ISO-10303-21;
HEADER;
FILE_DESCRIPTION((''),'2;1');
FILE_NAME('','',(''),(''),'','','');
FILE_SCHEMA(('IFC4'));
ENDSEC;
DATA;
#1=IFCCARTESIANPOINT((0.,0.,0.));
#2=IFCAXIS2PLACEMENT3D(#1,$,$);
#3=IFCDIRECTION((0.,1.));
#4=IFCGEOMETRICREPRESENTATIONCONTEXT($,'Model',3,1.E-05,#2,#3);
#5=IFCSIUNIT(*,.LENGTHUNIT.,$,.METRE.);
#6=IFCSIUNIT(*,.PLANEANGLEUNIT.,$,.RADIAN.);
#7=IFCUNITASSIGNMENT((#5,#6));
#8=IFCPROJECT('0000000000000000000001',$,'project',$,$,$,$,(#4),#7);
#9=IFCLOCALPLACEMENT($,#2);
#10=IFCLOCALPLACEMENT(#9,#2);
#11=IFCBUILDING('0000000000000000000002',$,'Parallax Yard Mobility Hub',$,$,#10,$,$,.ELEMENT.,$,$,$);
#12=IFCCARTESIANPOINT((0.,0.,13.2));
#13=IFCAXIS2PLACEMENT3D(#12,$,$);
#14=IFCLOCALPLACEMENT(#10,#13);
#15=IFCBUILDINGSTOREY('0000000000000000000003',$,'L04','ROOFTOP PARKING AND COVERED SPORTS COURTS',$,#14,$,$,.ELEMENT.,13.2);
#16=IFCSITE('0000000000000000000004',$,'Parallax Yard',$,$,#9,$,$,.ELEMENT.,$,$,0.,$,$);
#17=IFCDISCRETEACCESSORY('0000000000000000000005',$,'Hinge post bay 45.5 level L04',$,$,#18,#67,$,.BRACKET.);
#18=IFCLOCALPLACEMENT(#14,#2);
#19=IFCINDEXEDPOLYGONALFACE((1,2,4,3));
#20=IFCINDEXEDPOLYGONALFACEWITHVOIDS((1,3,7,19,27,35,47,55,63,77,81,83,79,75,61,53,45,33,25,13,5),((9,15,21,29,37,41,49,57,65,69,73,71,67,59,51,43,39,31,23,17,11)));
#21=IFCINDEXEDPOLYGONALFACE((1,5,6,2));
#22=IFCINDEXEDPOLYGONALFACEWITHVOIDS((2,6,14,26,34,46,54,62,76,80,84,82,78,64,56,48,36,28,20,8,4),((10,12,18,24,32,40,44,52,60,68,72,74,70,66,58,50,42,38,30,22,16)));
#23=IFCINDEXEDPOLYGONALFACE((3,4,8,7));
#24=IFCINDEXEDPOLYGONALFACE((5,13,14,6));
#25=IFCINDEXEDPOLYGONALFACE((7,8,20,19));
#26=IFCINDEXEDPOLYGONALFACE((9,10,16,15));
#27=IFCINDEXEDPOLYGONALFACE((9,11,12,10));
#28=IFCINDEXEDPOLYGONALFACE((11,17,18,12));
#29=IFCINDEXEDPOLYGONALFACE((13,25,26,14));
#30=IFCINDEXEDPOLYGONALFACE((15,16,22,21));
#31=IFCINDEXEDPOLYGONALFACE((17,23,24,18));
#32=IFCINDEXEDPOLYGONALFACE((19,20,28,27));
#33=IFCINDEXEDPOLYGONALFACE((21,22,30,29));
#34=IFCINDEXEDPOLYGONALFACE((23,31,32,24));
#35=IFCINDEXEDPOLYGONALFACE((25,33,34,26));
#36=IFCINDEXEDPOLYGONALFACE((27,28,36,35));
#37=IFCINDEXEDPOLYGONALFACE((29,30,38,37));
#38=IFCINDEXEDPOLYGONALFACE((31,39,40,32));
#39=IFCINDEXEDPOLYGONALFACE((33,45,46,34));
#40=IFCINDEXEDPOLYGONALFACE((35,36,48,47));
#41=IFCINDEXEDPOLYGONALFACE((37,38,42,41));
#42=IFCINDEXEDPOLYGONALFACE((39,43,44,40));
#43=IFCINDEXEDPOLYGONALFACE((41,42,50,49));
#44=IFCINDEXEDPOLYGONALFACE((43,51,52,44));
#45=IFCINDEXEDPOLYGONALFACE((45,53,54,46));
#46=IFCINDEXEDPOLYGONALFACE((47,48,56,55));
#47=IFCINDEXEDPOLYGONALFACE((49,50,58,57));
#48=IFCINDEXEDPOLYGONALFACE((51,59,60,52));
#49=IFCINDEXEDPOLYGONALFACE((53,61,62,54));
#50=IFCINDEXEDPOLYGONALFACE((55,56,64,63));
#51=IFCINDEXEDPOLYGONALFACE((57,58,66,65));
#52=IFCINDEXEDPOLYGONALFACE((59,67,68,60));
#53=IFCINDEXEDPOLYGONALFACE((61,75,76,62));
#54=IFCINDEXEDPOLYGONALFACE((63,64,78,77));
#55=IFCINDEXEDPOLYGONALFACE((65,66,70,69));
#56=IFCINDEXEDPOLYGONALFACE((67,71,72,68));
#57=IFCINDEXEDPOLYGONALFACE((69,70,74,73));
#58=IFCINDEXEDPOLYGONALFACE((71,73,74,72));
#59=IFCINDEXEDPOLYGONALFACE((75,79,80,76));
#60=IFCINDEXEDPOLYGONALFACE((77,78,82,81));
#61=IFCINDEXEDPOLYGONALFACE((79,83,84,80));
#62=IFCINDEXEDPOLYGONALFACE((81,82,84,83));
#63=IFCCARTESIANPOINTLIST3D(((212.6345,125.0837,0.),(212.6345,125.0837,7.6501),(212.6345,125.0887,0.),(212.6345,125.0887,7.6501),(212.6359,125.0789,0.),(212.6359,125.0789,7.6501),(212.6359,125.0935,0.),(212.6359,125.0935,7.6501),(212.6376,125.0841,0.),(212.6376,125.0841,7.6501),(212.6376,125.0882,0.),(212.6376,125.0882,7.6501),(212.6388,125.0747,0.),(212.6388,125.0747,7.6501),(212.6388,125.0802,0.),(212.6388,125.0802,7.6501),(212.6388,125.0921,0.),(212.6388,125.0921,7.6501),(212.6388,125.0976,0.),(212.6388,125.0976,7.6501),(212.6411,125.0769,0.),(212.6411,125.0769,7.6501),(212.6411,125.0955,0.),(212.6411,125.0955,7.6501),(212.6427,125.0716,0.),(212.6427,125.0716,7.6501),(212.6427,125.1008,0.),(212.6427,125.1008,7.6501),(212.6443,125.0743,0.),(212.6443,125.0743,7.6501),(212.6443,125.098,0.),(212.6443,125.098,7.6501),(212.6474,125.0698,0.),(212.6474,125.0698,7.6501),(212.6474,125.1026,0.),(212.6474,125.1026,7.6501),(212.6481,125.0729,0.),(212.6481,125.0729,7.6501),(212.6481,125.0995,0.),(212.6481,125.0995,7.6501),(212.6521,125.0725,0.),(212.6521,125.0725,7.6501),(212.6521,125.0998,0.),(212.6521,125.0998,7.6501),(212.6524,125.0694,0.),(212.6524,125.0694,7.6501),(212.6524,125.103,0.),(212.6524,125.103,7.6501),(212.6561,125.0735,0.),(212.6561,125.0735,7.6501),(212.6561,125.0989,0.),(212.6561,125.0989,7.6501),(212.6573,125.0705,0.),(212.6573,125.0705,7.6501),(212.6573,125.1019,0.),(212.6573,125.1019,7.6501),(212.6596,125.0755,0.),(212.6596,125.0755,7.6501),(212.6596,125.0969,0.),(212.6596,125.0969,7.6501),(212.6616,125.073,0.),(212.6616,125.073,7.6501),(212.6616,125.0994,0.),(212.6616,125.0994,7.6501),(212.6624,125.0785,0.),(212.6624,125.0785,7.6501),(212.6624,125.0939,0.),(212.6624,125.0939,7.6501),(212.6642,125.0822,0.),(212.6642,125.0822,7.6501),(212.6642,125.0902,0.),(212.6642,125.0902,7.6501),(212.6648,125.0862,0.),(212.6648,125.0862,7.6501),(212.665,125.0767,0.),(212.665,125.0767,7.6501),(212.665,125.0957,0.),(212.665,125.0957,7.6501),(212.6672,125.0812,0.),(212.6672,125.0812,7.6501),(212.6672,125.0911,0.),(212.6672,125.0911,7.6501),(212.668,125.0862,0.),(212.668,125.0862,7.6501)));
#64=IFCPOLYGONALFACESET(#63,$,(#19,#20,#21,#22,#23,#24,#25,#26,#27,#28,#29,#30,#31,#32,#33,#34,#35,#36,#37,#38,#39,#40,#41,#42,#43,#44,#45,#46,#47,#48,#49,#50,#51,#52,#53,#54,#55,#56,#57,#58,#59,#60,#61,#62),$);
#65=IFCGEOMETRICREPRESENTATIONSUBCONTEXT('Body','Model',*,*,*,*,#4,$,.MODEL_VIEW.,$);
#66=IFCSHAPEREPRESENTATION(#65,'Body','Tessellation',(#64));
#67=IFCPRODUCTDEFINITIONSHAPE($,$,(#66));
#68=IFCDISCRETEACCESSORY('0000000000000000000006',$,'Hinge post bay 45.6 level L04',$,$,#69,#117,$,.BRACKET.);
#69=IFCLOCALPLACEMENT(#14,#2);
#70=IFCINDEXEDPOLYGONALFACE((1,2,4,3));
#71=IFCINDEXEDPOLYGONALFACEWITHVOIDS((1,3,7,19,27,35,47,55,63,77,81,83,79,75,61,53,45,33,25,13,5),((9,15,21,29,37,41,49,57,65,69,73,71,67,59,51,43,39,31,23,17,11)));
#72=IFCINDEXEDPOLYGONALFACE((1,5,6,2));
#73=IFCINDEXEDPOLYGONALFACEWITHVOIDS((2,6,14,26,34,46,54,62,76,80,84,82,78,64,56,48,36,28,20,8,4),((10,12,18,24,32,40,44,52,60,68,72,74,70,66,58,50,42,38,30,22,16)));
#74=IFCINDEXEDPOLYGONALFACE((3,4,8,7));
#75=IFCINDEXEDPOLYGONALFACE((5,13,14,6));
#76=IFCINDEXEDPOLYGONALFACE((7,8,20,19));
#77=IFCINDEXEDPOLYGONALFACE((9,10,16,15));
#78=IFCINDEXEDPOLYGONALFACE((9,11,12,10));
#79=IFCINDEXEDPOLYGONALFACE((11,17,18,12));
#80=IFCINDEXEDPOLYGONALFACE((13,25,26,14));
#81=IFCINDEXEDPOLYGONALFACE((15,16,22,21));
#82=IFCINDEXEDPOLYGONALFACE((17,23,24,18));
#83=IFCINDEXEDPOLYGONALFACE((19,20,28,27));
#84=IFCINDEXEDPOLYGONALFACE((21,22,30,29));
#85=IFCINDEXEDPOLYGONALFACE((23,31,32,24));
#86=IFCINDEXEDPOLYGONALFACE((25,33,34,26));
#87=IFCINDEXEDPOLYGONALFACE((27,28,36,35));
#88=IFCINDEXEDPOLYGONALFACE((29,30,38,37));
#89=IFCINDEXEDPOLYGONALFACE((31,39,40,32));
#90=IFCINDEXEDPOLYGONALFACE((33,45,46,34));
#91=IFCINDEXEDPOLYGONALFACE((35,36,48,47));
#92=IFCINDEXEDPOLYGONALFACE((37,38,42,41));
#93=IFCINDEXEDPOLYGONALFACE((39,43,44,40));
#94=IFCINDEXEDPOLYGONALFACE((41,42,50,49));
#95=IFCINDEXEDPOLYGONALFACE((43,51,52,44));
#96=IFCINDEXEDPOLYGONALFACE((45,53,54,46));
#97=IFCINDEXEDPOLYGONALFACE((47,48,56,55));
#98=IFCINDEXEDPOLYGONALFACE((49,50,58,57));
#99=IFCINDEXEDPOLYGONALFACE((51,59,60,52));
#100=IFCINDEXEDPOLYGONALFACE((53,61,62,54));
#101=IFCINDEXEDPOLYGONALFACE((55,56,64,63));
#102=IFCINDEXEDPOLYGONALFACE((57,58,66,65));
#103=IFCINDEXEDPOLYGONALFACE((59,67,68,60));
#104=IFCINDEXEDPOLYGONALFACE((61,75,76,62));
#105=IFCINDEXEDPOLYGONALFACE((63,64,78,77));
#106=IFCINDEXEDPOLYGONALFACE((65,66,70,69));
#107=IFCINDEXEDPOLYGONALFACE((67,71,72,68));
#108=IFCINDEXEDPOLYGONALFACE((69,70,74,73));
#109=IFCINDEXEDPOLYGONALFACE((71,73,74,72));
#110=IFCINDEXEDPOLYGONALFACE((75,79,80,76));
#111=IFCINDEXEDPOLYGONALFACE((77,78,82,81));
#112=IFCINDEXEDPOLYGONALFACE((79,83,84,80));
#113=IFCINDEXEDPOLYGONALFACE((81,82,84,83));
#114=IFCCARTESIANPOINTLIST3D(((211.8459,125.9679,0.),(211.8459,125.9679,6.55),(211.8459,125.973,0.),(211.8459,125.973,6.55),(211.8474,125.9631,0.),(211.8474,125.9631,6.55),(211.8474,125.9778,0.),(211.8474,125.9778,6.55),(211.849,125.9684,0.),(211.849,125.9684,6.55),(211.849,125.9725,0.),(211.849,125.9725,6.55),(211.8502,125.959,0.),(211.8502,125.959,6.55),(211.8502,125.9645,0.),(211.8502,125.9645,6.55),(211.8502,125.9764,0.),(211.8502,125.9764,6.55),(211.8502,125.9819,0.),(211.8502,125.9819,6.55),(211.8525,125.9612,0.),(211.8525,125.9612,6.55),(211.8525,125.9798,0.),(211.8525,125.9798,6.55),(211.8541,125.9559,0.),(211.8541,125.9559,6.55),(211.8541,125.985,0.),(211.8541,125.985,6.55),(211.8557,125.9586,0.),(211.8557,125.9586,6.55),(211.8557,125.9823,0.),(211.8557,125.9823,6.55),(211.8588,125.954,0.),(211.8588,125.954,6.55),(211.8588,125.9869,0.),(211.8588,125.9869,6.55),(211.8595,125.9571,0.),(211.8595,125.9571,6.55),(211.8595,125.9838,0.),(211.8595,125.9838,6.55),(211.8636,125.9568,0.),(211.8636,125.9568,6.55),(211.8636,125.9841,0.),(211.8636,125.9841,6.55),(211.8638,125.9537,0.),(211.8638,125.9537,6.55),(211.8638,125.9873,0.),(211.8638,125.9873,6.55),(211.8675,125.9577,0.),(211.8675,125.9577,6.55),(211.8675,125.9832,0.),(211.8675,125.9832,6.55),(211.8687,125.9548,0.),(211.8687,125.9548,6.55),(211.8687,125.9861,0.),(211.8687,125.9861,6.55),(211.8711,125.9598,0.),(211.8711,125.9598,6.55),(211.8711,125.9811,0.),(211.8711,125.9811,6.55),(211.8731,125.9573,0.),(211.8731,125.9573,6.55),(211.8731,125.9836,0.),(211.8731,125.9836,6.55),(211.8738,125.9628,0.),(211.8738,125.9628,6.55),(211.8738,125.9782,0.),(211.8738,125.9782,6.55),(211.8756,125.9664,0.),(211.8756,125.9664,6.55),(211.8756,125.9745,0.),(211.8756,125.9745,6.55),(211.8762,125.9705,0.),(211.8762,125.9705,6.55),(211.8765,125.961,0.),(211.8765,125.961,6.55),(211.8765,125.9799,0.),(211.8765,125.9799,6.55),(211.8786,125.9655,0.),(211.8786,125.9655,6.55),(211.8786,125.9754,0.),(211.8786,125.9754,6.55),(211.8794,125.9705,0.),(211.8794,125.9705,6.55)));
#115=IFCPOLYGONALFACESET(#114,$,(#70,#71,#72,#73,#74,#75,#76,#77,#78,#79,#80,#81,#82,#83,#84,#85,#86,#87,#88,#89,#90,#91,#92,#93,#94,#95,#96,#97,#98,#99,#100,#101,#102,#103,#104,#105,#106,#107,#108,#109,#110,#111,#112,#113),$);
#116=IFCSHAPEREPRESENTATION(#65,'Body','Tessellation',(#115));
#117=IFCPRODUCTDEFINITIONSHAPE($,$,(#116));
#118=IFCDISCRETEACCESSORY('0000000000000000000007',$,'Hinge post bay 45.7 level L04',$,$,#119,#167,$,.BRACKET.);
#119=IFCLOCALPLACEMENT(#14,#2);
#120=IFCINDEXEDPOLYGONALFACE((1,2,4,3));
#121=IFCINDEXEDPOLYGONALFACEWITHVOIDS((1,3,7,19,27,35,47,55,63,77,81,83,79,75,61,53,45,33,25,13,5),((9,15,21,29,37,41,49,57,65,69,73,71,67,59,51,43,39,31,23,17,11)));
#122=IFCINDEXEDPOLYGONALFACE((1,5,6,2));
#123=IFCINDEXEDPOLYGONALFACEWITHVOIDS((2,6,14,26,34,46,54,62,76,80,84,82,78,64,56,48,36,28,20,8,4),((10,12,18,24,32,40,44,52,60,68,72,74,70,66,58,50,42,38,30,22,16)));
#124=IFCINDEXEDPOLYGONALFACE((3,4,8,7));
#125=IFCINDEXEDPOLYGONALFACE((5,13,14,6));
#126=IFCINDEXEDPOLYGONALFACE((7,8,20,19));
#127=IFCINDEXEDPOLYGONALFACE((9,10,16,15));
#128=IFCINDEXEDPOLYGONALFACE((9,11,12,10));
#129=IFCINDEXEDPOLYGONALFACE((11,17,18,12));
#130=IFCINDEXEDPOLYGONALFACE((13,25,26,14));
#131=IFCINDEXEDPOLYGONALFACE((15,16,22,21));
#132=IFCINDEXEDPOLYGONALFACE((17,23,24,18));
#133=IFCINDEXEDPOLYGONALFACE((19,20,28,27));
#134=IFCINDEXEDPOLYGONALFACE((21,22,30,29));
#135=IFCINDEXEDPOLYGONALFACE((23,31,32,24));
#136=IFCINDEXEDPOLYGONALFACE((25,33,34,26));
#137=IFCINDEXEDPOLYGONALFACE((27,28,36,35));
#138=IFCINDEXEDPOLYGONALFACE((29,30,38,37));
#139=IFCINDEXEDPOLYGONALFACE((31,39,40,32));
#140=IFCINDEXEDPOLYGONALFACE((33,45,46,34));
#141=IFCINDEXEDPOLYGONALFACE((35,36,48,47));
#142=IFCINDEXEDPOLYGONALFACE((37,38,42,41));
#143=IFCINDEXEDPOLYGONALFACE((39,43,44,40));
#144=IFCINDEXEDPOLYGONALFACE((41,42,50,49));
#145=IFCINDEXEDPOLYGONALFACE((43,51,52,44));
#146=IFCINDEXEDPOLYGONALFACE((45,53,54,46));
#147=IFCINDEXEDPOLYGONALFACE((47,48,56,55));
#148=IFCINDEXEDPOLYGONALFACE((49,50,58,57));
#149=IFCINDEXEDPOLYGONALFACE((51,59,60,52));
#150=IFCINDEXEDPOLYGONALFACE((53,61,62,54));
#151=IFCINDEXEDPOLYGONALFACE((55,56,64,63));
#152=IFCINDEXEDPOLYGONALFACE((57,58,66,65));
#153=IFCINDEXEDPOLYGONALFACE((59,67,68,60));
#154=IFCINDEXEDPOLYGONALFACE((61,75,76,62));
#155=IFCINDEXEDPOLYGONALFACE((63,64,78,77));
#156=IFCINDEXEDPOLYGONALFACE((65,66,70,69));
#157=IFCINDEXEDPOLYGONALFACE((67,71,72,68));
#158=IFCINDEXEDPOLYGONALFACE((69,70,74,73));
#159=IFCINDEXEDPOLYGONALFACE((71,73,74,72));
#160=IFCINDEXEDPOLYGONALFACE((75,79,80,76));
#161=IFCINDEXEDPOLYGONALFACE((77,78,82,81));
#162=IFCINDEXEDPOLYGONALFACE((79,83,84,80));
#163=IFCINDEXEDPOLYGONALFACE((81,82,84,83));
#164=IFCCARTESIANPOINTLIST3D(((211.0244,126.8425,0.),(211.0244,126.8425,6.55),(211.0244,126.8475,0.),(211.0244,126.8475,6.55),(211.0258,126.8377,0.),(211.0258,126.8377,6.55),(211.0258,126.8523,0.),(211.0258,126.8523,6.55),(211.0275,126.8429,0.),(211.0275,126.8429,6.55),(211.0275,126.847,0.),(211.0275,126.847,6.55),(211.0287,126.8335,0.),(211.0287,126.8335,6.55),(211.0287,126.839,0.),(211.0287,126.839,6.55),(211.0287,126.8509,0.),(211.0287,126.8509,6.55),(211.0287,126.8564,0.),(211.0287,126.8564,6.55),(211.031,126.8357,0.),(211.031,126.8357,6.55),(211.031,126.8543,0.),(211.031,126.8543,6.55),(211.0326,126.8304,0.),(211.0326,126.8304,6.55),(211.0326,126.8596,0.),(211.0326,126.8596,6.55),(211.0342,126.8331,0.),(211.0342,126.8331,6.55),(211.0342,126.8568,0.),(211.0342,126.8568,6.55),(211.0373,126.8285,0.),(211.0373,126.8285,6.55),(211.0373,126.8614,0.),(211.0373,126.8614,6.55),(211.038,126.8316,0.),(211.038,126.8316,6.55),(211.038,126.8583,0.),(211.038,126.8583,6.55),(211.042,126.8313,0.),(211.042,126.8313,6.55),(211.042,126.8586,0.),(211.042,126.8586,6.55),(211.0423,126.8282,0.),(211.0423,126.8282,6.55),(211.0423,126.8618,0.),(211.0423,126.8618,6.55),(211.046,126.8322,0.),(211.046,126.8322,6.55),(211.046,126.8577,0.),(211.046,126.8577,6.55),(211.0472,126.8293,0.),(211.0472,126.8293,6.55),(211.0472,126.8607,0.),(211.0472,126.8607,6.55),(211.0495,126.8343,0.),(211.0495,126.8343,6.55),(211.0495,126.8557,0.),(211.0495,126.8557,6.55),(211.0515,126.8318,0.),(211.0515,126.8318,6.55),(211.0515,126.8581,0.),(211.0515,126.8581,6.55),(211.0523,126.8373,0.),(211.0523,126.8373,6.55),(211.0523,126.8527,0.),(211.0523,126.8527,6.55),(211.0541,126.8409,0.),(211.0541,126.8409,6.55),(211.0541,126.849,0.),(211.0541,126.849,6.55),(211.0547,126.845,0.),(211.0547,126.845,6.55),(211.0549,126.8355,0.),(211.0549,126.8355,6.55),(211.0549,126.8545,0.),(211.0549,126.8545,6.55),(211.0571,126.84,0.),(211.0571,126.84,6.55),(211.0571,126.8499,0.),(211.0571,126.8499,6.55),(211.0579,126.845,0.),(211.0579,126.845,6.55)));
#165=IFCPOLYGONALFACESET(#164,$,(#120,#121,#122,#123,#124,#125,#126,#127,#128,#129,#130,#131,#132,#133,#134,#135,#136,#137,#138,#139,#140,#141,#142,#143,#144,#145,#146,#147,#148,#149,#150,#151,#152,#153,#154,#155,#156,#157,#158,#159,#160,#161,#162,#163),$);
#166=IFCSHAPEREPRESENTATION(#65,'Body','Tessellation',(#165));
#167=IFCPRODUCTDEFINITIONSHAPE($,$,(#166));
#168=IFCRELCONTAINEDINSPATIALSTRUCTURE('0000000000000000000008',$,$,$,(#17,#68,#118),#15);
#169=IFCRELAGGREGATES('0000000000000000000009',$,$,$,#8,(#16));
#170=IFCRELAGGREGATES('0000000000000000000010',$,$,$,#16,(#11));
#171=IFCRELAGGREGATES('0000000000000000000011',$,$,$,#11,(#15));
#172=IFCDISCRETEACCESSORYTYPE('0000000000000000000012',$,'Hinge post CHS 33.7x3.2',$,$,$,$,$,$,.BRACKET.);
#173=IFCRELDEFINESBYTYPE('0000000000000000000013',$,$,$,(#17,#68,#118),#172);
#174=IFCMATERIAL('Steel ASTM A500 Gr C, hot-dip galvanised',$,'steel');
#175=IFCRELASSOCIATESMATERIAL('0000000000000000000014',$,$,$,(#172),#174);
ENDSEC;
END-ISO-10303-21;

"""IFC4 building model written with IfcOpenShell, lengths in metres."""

from ifc_helpers import new_model, si_unit, direction, frame, origin, origin_2d, place, context, subcontext, project, spatial, hollow_circle, extrude, material, material_profile, profile_set, type_object, element, save


model = new_model("IFC4")

# Units and contexts
model_context = context("Model", 3, precision=1e-05, world=origin(), true_north=direction((0.0, 1.0)))
body_context = subcontext(model_context, "Body", "Model", "MODEL_VIEW")
ifc_project = project(units=[si_unit("LENGTHUNIT", "METRE"), si_unit("PLANEANGLEUNIT", "RADIAN")], contexts=[model_context])

# Site, building, storey
site_placement = place(None, origin())
site = spatial("IfcSite", under=ifc_project, at=site_placement, Name="Parallax Yard", CompositionType="ELEMENT", RefElevation=0.0)
building_placement = place(site_placement, origin())
building = spatial("IfcBuilding", under=site, at=building_placement, Name="Parallax Yard Mobility Hub", CompositionType="ELEMENT")
storey_placement = place(building_placement, frame((0.0, 0.0, 13.2)))
storey = spatial("IfcBuildingStorey", under=building, at=storey_placement, Name="L04", Description="ROOFTOP PARKING AND COVERED SPORTS COURTS", CompositionType="ELEMENT", Elevation=13.2)

# Discrete accessories
ifc_material_1 = material(Name="Steel ASTM A500 Gr C, hot-dip galvanised", Category="steel")
ifc_material_profile_1 = material_profile(ifc_material_1, hollow_circle(Radius=0.0168, WallThickness=0.0032, at=origin_2d()), Name="CHS 33.7x3.2")
ifc_profile_set_1 = profile_set([ifc_material_profile_1], Name="Steel ASTM A500 Gr C, hot-dip galvanised")
discrete_accessory_type_1 = type_object("IfcDiscreteAccessoryType", Name="Hinge post CHS 33.7x3.2", PredefinedType="BRACKET", material=ifc_profile_set_1)
discrete_accessory_1_placement = place(storey_placement, frame((212.6511, 125.0862, 0.0), z_axis=(0.0, 0.0, 1.0), x_axis=(1.0, 0.0, 0.0)))
element("IfcDiscreteAccessory", 1, at=discrete_accessory_1_placement, inside=storey, type_object=discrete_accessory_type_1, Name="Hinge post bay 45.5 level L04", PredefinedType="BRACKET", context=body_context, shape_type="SweptSolid", body=[
    extrude(hollow_circle(Radius=0.0168, WallThickness=0.0032, at=origin_2d()), origin(), (0.0, 0.0, 1.0), 7.6501),
])
for number, where, z_axis, x_axis, name in (
    (2, (211.8625, 125.9705, 0.0), (0.0, 0.0, 1.0), (1.0, 0.0, 0.0), "Hinge post bay 45.6 level L04"),
    (3, (211.041, 126.845, 0.0), (0.0, 0.0, 1.0), (1.0, 0.0, 0.0), "Hinge post bay 45.7 level L04"),
):
    element("IfcDiscreteAccessory", number, at=place(storey_placement, frame(where, z_axis=z_axis, x_axis=x_axis)), inside=storey, type_object=discrete_accessory_type_1, Name=name, PredefinedType="BRACKET", context=body_context, shape_type="SweptSolid", body=[
        extrude(hollow_circle(Radius=0.0168, WallThickness=0.0032, at=origin_2d()), origin(), (0.0, 0.0, 1.0), 6.55),
    ])

save(model, "model.ifc")
